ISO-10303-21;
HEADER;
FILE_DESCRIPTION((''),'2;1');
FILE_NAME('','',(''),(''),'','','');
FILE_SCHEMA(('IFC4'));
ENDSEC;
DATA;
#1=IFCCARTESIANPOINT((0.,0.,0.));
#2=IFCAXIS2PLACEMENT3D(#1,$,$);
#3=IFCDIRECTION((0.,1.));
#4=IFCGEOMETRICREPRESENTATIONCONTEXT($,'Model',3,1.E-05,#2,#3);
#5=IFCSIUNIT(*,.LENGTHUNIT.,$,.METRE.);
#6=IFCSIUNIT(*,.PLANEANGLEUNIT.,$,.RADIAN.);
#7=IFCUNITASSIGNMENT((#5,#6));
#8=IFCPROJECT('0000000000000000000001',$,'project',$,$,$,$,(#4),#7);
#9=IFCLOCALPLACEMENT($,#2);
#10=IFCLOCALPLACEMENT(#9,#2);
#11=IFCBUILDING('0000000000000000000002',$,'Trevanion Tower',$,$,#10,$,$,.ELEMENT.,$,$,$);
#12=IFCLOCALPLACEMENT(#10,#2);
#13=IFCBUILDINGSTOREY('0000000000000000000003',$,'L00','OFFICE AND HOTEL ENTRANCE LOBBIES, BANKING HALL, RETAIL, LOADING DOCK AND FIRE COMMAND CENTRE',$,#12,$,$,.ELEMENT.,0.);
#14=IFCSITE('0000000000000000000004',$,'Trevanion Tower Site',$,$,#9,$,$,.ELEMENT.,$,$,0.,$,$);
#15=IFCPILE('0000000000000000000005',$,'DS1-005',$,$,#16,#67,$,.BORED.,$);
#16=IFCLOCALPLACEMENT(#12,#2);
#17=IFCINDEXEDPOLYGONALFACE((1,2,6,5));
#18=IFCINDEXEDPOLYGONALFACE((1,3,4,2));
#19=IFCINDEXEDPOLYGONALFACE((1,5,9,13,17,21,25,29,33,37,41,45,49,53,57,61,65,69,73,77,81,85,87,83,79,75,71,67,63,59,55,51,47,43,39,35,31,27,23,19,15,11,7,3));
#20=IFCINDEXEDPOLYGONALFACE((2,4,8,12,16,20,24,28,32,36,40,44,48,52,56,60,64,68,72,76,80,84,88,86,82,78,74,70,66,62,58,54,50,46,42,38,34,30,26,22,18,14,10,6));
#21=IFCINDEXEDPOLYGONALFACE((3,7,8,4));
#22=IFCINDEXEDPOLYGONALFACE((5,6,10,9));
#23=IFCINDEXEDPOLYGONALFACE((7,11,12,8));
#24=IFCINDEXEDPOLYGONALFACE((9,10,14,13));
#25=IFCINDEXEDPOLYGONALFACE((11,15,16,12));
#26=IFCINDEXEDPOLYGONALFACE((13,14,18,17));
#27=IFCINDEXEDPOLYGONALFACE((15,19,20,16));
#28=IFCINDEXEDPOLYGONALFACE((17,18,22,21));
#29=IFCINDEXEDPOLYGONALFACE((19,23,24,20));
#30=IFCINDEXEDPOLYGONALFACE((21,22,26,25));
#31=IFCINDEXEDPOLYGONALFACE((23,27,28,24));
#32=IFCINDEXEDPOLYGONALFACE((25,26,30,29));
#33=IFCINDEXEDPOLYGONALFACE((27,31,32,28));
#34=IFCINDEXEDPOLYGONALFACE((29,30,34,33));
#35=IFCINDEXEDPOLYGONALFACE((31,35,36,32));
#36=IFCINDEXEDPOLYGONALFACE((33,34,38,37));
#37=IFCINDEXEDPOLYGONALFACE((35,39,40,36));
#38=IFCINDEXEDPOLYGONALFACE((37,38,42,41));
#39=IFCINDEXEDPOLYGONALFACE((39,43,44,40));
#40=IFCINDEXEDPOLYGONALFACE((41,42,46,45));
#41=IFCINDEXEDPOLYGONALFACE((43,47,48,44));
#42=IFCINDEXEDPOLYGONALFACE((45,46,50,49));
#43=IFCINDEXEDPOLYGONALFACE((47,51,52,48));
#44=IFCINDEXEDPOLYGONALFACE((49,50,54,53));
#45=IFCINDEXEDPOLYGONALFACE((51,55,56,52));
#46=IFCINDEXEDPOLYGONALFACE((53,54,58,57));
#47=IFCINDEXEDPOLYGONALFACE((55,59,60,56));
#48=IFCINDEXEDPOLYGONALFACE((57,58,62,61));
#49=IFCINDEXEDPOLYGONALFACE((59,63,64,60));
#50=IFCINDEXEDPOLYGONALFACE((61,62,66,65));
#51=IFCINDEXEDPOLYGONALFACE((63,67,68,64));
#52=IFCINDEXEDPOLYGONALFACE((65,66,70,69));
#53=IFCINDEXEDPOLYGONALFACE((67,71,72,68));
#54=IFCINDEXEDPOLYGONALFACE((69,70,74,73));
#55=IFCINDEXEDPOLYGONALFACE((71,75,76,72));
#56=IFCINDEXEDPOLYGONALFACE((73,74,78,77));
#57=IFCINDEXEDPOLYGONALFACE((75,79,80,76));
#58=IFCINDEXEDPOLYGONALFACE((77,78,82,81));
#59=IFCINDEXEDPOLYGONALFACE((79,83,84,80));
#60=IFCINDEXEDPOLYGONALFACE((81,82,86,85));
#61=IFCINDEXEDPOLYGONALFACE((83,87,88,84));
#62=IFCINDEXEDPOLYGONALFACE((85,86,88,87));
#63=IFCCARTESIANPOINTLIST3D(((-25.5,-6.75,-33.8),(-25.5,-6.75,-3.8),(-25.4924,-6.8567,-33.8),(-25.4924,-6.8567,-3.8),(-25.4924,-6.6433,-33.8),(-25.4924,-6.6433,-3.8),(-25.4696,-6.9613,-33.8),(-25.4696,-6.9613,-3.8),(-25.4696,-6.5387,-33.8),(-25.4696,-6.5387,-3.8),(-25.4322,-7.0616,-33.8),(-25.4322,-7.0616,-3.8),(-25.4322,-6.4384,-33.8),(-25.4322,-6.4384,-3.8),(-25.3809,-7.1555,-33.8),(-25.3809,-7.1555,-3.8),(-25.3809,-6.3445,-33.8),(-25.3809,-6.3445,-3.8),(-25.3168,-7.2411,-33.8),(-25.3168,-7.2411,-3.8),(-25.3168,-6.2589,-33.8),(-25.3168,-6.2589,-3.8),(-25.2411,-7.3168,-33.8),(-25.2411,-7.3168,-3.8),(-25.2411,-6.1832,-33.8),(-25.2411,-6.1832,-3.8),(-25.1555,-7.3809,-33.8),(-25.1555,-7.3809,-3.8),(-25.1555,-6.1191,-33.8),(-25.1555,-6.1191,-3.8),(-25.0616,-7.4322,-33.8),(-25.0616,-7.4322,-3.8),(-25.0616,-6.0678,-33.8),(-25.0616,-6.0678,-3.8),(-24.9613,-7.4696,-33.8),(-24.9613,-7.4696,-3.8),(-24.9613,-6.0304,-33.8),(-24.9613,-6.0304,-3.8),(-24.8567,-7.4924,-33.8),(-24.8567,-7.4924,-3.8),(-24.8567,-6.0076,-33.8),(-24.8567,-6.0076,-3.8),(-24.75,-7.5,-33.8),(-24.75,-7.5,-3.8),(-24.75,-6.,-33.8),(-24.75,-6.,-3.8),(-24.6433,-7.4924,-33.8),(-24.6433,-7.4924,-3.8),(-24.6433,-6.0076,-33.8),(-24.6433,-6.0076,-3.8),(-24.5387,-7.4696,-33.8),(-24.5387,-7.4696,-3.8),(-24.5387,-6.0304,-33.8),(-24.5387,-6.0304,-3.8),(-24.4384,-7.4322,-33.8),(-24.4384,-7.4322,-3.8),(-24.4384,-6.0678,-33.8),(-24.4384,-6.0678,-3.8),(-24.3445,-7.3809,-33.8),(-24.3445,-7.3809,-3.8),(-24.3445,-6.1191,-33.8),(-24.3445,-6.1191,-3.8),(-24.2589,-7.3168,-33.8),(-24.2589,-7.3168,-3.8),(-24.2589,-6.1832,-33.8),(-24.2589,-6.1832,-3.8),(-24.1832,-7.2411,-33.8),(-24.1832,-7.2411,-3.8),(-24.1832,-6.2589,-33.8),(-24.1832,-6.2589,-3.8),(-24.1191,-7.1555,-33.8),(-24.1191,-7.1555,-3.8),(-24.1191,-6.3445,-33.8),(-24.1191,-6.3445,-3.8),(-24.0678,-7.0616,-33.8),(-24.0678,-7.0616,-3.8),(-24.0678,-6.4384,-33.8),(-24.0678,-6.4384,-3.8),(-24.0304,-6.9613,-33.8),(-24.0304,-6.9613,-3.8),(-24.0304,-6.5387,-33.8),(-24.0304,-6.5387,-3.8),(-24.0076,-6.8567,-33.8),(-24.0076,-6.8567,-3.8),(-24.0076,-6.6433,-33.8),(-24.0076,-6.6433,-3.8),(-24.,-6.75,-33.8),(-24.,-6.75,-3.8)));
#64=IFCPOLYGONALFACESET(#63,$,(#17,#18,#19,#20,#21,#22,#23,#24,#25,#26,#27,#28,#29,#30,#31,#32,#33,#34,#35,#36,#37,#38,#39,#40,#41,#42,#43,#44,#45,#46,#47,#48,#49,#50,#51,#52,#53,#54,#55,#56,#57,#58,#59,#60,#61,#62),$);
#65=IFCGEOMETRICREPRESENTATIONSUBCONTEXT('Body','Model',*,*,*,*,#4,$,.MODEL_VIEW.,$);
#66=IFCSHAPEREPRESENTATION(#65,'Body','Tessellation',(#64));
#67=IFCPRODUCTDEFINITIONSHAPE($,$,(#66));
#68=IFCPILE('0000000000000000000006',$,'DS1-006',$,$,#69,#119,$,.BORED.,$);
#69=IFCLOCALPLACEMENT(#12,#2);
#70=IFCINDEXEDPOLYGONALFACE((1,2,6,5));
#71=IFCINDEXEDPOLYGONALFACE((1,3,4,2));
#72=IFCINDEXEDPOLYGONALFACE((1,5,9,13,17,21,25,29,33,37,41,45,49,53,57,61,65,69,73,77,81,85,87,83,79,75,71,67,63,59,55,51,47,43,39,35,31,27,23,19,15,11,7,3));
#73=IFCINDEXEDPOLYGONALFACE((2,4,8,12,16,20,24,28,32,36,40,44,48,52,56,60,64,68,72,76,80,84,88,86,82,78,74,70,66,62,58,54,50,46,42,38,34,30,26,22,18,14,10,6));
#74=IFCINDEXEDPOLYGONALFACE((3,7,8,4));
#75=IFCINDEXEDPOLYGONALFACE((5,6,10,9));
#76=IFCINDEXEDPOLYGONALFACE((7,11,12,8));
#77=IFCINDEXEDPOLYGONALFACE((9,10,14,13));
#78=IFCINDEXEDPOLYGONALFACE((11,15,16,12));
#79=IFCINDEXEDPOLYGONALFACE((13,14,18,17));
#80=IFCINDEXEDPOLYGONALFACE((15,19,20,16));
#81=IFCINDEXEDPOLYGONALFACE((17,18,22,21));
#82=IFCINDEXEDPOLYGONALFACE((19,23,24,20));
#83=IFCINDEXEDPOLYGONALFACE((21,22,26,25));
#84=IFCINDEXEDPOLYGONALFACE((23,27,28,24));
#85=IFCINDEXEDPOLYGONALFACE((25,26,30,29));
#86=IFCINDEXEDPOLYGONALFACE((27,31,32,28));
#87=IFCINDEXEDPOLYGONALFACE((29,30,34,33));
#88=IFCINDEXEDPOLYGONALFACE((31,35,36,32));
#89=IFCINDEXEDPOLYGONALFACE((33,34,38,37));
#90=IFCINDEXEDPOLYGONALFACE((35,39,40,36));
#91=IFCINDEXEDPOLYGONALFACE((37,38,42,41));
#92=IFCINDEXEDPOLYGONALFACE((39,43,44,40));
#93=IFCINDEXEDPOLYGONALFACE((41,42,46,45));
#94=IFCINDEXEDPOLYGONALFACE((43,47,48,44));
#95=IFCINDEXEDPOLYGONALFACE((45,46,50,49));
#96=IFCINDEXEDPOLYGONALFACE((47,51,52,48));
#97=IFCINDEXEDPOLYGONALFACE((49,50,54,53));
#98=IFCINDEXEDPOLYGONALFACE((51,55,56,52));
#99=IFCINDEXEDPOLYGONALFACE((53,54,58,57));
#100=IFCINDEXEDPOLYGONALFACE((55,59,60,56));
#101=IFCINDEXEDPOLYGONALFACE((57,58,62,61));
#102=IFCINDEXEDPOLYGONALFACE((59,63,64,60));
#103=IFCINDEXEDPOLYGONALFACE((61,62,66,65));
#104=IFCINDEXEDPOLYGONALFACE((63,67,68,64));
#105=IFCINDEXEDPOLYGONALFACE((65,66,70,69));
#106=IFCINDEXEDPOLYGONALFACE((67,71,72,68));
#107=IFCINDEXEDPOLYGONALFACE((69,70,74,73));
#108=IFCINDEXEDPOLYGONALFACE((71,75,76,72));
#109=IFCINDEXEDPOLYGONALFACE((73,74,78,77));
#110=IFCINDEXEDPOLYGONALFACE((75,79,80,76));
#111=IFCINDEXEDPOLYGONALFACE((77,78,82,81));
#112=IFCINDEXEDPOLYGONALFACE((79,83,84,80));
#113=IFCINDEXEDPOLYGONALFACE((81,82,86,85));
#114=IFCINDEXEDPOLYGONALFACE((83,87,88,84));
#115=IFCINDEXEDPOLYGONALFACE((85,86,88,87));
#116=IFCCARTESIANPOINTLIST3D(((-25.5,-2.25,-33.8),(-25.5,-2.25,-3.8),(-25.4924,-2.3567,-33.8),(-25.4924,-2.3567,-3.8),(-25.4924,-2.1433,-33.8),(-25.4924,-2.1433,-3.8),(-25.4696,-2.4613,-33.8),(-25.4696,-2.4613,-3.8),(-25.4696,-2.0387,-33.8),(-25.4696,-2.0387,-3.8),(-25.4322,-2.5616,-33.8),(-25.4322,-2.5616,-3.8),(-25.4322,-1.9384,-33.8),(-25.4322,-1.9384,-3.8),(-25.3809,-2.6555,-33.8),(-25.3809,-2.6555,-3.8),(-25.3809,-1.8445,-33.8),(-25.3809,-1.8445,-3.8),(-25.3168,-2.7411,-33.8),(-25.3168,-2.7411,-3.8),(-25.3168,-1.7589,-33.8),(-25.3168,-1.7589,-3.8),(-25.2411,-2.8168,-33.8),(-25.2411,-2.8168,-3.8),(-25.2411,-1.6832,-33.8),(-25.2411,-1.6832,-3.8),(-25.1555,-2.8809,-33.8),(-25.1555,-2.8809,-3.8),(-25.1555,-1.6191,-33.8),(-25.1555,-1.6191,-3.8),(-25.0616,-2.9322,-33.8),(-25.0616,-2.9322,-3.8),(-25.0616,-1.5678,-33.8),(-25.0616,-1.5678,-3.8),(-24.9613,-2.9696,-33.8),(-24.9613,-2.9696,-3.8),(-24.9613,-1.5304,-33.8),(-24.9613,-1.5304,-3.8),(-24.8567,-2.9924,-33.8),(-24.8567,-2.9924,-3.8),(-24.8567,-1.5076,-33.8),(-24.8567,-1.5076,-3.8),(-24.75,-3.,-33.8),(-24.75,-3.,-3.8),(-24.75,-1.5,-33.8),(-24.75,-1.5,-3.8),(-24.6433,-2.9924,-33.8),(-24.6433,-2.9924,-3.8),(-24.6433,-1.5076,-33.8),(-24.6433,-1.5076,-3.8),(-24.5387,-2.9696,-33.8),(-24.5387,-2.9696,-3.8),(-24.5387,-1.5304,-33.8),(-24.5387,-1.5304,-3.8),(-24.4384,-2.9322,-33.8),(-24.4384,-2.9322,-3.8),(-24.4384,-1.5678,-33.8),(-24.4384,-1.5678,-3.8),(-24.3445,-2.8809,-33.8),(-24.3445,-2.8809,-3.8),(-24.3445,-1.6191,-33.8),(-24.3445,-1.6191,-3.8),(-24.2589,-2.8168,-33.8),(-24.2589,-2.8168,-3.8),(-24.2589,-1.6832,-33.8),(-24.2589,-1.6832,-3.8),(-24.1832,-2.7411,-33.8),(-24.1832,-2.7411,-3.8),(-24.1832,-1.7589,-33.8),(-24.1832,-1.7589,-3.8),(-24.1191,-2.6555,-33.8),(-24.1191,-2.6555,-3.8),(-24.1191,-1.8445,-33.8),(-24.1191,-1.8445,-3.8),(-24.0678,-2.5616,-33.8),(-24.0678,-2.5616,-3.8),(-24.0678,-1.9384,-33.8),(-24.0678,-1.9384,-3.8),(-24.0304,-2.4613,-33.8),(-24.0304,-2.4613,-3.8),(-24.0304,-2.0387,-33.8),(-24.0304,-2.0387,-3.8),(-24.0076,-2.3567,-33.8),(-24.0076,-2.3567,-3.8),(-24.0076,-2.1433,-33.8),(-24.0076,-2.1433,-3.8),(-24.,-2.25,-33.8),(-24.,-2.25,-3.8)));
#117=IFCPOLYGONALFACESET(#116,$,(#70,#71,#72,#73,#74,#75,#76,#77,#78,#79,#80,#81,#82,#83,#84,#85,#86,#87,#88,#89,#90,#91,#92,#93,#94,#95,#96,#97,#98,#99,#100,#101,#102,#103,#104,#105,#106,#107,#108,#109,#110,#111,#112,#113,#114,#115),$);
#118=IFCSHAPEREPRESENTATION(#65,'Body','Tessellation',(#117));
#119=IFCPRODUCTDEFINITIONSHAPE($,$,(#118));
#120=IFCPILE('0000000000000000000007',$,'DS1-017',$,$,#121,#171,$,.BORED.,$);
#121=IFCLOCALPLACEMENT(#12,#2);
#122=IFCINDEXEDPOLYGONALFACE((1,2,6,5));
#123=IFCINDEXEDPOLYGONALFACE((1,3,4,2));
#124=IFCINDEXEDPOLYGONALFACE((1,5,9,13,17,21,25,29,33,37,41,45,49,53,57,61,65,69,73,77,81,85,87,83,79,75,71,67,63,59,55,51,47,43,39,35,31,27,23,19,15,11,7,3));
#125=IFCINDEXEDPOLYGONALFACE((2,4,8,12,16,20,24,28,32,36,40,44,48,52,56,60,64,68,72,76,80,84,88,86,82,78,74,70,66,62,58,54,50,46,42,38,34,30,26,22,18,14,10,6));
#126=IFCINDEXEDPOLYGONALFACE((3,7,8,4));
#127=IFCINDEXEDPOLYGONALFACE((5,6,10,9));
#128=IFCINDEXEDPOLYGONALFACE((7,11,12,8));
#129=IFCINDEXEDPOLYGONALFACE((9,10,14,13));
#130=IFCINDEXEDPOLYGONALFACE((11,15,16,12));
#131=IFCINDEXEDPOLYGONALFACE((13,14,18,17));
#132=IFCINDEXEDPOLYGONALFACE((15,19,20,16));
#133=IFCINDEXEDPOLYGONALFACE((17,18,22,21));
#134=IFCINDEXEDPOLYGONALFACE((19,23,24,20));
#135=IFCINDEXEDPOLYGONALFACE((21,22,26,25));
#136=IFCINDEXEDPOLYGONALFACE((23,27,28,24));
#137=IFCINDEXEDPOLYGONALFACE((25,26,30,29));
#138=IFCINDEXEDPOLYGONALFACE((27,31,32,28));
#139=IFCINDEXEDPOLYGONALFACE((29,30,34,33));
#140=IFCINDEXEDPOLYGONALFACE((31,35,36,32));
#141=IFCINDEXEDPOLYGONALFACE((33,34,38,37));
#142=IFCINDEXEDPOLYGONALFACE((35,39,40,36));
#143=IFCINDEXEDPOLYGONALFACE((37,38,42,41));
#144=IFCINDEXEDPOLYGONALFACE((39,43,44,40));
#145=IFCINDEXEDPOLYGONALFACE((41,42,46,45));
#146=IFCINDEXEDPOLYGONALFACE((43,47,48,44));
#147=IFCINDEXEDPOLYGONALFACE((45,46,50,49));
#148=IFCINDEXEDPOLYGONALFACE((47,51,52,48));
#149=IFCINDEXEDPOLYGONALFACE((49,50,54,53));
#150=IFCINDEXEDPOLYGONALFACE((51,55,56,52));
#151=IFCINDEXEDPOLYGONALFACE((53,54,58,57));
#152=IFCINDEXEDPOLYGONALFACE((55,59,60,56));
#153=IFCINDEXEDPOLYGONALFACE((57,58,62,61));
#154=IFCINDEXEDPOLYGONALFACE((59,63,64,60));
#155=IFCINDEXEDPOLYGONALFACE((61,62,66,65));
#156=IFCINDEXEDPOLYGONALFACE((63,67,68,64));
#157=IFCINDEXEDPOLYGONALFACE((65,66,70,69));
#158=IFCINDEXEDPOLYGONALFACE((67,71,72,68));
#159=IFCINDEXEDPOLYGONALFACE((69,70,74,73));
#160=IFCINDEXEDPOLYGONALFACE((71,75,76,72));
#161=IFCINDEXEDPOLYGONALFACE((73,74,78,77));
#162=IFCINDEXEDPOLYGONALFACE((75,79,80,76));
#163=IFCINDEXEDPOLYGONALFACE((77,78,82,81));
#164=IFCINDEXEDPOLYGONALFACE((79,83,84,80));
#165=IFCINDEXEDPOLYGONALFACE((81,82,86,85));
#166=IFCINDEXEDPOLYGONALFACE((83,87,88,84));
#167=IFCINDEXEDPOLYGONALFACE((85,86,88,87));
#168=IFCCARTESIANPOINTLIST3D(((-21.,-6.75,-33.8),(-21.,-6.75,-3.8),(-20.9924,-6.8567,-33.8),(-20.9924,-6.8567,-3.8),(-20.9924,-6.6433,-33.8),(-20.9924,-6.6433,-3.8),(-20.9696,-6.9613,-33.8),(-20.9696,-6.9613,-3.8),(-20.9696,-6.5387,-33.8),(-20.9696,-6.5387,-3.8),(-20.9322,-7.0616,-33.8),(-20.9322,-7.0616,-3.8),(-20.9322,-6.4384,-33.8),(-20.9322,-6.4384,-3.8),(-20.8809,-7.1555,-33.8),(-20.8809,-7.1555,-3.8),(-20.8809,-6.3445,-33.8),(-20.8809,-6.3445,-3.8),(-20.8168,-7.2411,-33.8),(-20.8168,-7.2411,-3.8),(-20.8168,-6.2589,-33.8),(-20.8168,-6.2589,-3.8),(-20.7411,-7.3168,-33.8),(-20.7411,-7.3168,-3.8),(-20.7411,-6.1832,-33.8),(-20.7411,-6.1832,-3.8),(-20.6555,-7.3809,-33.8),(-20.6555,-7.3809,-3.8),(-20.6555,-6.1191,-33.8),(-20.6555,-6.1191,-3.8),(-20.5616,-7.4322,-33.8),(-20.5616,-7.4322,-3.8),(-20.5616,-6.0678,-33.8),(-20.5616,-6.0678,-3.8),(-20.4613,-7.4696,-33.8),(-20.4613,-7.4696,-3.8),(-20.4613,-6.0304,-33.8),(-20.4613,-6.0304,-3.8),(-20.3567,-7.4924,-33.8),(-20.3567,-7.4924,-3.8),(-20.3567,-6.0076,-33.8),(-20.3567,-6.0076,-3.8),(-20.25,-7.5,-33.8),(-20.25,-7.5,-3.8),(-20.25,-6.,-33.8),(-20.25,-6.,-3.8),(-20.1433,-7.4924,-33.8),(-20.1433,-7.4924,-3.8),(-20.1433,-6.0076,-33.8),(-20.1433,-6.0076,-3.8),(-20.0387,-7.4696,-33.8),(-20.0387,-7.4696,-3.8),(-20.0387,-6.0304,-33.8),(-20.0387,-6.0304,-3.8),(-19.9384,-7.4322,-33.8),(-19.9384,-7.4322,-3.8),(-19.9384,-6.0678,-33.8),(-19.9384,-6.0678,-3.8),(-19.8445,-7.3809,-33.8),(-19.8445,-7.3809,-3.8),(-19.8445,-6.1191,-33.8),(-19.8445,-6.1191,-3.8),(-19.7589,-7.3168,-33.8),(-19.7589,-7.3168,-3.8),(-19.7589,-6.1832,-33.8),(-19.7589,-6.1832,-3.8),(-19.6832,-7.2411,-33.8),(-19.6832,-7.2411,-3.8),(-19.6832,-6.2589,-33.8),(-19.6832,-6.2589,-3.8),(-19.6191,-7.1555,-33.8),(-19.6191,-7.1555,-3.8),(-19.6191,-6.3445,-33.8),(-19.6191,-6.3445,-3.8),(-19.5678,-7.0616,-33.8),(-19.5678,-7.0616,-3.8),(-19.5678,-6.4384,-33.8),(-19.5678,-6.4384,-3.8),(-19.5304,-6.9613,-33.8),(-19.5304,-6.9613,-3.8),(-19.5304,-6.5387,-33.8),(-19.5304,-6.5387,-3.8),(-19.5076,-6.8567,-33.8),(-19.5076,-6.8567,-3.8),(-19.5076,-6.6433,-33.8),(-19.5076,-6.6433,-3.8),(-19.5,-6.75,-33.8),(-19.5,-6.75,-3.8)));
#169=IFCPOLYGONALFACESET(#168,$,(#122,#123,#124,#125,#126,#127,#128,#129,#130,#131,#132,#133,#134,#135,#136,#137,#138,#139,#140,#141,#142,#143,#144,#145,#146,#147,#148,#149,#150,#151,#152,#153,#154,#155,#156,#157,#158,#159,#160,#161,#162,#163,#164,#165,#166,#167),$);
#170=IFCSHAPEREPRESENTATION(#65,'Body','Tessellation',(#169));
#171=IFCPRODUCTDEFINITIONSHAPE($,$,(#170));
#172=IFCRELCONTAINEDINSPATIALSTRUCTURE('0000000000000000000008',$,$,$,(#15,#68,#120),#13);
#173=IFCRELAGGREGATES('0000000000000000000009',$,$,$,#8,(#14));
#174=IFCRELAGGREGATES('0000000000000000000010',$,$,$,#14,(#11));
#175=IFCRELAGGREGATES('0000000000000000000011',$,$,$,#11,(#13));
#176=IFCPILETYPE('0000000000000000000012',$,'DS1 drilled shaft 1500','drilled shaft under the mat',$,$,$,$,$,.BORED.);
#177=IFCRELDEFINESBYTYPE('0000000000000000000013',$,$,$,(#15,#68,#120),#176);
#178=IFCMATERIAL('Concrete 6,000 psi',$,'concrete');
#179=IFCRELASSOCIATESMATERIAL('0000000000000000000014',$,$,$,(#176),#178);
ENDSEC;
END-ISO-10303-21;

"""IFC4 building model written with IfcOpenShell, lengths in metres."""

from ifc_helpers import new_model, si_unit, direction, frame, origin, origin_2d, place, context, subcontext, project, spatial, circle, extrude, material, material_profile, profile_set, type_object, element, save


model = new_model("IFC4")

# Units and contexts
model_context = context("Model", 3, precision=1e-05, world=origin(), true_north=direction((0.0, 1.0)))
body_context = subcontext(model_context, "Body", "Model", "MODEL_VIEW")
ifc_project = project(units=[si_unit("LENGTHUNIT", "METRE"), si_unit("PLANEANGLEUNIT", "RADIAN")], contexts=[model_context])

# Site, building, storey
site_placement = place(None, origin())
site = spatial("IfcSite", under=ifc_project, at=site_placement, Name="Trevanion Tower Site", CompositionType="ELEMENT", RefElevation=0.0)
building_placement = place(site_placement, origin())
building = spatial("IfcBuilding", under=site, at=building_placement, Name="Trevanion Tower", CompositionType="ELEMENT")
storey_placement = place(building_placement, origin())
storey = spatial("IfcBuildingStorey", under=building, at=storey_placement, Name="L00", Description="OFFICE AND HOTEL ENTRANCE LOBBIES, BANKING HALL, RETAIL, LOADING DOCK AND FIRE COMMAND CENTRE", CompositionType="ELEMENT", Elevation=0.0)

# Piles
ifc_material_1 = material(Name="Concrete 6,000 psi", Category="concrete")
ifc_material_profile = material_profile(ifc_material_1, circle(Radius=0.75, at=origin_2d()), Name="DS1 drilled shaft 1500")
ifc_profile_set = profile_set([ifc_material_profile], Name="Concrete 6,000 psi")
pile_type = type_object("IfcPileType", Name="DS1 drilled shaft 1500", Description="drilled shaft under the mat", PredefinedType="BORED", material=ifc_profile_set)
for number, where, z_axis, x_axis, name in (
    (1, (-24.75, -6.75, -3.8), (0.0, 0.0, -1.0), (1.0, 0.0, 0.0), "DS1-005"),
    (2, (-24.75, -2.25, -3.8), (0.0, 0.0, -1.0), (1.0, 0.0, 0.0), "DS1-006"),
    (3, (-20.25, -6.75, -3.8), (0.0, 0.0, -1.0), (1.0, 0.0, 0.0), "DS1-017"),
):
    element("IfcPile", number, at=place(storey_placement, frame(where, z_axis=z_axis, x_axis=x_axis)), inside=storey, type_object=pile_type, Name=name, PredefinedType="BORED", context=body_context, shape_type="SweptSolid", body=[
        extrude(circle(Radius=0.75, at=origin_2d()), origin(), (0.0, 0.0, 1.0), 30.0),
    ])

save(model, "model.ifc")
